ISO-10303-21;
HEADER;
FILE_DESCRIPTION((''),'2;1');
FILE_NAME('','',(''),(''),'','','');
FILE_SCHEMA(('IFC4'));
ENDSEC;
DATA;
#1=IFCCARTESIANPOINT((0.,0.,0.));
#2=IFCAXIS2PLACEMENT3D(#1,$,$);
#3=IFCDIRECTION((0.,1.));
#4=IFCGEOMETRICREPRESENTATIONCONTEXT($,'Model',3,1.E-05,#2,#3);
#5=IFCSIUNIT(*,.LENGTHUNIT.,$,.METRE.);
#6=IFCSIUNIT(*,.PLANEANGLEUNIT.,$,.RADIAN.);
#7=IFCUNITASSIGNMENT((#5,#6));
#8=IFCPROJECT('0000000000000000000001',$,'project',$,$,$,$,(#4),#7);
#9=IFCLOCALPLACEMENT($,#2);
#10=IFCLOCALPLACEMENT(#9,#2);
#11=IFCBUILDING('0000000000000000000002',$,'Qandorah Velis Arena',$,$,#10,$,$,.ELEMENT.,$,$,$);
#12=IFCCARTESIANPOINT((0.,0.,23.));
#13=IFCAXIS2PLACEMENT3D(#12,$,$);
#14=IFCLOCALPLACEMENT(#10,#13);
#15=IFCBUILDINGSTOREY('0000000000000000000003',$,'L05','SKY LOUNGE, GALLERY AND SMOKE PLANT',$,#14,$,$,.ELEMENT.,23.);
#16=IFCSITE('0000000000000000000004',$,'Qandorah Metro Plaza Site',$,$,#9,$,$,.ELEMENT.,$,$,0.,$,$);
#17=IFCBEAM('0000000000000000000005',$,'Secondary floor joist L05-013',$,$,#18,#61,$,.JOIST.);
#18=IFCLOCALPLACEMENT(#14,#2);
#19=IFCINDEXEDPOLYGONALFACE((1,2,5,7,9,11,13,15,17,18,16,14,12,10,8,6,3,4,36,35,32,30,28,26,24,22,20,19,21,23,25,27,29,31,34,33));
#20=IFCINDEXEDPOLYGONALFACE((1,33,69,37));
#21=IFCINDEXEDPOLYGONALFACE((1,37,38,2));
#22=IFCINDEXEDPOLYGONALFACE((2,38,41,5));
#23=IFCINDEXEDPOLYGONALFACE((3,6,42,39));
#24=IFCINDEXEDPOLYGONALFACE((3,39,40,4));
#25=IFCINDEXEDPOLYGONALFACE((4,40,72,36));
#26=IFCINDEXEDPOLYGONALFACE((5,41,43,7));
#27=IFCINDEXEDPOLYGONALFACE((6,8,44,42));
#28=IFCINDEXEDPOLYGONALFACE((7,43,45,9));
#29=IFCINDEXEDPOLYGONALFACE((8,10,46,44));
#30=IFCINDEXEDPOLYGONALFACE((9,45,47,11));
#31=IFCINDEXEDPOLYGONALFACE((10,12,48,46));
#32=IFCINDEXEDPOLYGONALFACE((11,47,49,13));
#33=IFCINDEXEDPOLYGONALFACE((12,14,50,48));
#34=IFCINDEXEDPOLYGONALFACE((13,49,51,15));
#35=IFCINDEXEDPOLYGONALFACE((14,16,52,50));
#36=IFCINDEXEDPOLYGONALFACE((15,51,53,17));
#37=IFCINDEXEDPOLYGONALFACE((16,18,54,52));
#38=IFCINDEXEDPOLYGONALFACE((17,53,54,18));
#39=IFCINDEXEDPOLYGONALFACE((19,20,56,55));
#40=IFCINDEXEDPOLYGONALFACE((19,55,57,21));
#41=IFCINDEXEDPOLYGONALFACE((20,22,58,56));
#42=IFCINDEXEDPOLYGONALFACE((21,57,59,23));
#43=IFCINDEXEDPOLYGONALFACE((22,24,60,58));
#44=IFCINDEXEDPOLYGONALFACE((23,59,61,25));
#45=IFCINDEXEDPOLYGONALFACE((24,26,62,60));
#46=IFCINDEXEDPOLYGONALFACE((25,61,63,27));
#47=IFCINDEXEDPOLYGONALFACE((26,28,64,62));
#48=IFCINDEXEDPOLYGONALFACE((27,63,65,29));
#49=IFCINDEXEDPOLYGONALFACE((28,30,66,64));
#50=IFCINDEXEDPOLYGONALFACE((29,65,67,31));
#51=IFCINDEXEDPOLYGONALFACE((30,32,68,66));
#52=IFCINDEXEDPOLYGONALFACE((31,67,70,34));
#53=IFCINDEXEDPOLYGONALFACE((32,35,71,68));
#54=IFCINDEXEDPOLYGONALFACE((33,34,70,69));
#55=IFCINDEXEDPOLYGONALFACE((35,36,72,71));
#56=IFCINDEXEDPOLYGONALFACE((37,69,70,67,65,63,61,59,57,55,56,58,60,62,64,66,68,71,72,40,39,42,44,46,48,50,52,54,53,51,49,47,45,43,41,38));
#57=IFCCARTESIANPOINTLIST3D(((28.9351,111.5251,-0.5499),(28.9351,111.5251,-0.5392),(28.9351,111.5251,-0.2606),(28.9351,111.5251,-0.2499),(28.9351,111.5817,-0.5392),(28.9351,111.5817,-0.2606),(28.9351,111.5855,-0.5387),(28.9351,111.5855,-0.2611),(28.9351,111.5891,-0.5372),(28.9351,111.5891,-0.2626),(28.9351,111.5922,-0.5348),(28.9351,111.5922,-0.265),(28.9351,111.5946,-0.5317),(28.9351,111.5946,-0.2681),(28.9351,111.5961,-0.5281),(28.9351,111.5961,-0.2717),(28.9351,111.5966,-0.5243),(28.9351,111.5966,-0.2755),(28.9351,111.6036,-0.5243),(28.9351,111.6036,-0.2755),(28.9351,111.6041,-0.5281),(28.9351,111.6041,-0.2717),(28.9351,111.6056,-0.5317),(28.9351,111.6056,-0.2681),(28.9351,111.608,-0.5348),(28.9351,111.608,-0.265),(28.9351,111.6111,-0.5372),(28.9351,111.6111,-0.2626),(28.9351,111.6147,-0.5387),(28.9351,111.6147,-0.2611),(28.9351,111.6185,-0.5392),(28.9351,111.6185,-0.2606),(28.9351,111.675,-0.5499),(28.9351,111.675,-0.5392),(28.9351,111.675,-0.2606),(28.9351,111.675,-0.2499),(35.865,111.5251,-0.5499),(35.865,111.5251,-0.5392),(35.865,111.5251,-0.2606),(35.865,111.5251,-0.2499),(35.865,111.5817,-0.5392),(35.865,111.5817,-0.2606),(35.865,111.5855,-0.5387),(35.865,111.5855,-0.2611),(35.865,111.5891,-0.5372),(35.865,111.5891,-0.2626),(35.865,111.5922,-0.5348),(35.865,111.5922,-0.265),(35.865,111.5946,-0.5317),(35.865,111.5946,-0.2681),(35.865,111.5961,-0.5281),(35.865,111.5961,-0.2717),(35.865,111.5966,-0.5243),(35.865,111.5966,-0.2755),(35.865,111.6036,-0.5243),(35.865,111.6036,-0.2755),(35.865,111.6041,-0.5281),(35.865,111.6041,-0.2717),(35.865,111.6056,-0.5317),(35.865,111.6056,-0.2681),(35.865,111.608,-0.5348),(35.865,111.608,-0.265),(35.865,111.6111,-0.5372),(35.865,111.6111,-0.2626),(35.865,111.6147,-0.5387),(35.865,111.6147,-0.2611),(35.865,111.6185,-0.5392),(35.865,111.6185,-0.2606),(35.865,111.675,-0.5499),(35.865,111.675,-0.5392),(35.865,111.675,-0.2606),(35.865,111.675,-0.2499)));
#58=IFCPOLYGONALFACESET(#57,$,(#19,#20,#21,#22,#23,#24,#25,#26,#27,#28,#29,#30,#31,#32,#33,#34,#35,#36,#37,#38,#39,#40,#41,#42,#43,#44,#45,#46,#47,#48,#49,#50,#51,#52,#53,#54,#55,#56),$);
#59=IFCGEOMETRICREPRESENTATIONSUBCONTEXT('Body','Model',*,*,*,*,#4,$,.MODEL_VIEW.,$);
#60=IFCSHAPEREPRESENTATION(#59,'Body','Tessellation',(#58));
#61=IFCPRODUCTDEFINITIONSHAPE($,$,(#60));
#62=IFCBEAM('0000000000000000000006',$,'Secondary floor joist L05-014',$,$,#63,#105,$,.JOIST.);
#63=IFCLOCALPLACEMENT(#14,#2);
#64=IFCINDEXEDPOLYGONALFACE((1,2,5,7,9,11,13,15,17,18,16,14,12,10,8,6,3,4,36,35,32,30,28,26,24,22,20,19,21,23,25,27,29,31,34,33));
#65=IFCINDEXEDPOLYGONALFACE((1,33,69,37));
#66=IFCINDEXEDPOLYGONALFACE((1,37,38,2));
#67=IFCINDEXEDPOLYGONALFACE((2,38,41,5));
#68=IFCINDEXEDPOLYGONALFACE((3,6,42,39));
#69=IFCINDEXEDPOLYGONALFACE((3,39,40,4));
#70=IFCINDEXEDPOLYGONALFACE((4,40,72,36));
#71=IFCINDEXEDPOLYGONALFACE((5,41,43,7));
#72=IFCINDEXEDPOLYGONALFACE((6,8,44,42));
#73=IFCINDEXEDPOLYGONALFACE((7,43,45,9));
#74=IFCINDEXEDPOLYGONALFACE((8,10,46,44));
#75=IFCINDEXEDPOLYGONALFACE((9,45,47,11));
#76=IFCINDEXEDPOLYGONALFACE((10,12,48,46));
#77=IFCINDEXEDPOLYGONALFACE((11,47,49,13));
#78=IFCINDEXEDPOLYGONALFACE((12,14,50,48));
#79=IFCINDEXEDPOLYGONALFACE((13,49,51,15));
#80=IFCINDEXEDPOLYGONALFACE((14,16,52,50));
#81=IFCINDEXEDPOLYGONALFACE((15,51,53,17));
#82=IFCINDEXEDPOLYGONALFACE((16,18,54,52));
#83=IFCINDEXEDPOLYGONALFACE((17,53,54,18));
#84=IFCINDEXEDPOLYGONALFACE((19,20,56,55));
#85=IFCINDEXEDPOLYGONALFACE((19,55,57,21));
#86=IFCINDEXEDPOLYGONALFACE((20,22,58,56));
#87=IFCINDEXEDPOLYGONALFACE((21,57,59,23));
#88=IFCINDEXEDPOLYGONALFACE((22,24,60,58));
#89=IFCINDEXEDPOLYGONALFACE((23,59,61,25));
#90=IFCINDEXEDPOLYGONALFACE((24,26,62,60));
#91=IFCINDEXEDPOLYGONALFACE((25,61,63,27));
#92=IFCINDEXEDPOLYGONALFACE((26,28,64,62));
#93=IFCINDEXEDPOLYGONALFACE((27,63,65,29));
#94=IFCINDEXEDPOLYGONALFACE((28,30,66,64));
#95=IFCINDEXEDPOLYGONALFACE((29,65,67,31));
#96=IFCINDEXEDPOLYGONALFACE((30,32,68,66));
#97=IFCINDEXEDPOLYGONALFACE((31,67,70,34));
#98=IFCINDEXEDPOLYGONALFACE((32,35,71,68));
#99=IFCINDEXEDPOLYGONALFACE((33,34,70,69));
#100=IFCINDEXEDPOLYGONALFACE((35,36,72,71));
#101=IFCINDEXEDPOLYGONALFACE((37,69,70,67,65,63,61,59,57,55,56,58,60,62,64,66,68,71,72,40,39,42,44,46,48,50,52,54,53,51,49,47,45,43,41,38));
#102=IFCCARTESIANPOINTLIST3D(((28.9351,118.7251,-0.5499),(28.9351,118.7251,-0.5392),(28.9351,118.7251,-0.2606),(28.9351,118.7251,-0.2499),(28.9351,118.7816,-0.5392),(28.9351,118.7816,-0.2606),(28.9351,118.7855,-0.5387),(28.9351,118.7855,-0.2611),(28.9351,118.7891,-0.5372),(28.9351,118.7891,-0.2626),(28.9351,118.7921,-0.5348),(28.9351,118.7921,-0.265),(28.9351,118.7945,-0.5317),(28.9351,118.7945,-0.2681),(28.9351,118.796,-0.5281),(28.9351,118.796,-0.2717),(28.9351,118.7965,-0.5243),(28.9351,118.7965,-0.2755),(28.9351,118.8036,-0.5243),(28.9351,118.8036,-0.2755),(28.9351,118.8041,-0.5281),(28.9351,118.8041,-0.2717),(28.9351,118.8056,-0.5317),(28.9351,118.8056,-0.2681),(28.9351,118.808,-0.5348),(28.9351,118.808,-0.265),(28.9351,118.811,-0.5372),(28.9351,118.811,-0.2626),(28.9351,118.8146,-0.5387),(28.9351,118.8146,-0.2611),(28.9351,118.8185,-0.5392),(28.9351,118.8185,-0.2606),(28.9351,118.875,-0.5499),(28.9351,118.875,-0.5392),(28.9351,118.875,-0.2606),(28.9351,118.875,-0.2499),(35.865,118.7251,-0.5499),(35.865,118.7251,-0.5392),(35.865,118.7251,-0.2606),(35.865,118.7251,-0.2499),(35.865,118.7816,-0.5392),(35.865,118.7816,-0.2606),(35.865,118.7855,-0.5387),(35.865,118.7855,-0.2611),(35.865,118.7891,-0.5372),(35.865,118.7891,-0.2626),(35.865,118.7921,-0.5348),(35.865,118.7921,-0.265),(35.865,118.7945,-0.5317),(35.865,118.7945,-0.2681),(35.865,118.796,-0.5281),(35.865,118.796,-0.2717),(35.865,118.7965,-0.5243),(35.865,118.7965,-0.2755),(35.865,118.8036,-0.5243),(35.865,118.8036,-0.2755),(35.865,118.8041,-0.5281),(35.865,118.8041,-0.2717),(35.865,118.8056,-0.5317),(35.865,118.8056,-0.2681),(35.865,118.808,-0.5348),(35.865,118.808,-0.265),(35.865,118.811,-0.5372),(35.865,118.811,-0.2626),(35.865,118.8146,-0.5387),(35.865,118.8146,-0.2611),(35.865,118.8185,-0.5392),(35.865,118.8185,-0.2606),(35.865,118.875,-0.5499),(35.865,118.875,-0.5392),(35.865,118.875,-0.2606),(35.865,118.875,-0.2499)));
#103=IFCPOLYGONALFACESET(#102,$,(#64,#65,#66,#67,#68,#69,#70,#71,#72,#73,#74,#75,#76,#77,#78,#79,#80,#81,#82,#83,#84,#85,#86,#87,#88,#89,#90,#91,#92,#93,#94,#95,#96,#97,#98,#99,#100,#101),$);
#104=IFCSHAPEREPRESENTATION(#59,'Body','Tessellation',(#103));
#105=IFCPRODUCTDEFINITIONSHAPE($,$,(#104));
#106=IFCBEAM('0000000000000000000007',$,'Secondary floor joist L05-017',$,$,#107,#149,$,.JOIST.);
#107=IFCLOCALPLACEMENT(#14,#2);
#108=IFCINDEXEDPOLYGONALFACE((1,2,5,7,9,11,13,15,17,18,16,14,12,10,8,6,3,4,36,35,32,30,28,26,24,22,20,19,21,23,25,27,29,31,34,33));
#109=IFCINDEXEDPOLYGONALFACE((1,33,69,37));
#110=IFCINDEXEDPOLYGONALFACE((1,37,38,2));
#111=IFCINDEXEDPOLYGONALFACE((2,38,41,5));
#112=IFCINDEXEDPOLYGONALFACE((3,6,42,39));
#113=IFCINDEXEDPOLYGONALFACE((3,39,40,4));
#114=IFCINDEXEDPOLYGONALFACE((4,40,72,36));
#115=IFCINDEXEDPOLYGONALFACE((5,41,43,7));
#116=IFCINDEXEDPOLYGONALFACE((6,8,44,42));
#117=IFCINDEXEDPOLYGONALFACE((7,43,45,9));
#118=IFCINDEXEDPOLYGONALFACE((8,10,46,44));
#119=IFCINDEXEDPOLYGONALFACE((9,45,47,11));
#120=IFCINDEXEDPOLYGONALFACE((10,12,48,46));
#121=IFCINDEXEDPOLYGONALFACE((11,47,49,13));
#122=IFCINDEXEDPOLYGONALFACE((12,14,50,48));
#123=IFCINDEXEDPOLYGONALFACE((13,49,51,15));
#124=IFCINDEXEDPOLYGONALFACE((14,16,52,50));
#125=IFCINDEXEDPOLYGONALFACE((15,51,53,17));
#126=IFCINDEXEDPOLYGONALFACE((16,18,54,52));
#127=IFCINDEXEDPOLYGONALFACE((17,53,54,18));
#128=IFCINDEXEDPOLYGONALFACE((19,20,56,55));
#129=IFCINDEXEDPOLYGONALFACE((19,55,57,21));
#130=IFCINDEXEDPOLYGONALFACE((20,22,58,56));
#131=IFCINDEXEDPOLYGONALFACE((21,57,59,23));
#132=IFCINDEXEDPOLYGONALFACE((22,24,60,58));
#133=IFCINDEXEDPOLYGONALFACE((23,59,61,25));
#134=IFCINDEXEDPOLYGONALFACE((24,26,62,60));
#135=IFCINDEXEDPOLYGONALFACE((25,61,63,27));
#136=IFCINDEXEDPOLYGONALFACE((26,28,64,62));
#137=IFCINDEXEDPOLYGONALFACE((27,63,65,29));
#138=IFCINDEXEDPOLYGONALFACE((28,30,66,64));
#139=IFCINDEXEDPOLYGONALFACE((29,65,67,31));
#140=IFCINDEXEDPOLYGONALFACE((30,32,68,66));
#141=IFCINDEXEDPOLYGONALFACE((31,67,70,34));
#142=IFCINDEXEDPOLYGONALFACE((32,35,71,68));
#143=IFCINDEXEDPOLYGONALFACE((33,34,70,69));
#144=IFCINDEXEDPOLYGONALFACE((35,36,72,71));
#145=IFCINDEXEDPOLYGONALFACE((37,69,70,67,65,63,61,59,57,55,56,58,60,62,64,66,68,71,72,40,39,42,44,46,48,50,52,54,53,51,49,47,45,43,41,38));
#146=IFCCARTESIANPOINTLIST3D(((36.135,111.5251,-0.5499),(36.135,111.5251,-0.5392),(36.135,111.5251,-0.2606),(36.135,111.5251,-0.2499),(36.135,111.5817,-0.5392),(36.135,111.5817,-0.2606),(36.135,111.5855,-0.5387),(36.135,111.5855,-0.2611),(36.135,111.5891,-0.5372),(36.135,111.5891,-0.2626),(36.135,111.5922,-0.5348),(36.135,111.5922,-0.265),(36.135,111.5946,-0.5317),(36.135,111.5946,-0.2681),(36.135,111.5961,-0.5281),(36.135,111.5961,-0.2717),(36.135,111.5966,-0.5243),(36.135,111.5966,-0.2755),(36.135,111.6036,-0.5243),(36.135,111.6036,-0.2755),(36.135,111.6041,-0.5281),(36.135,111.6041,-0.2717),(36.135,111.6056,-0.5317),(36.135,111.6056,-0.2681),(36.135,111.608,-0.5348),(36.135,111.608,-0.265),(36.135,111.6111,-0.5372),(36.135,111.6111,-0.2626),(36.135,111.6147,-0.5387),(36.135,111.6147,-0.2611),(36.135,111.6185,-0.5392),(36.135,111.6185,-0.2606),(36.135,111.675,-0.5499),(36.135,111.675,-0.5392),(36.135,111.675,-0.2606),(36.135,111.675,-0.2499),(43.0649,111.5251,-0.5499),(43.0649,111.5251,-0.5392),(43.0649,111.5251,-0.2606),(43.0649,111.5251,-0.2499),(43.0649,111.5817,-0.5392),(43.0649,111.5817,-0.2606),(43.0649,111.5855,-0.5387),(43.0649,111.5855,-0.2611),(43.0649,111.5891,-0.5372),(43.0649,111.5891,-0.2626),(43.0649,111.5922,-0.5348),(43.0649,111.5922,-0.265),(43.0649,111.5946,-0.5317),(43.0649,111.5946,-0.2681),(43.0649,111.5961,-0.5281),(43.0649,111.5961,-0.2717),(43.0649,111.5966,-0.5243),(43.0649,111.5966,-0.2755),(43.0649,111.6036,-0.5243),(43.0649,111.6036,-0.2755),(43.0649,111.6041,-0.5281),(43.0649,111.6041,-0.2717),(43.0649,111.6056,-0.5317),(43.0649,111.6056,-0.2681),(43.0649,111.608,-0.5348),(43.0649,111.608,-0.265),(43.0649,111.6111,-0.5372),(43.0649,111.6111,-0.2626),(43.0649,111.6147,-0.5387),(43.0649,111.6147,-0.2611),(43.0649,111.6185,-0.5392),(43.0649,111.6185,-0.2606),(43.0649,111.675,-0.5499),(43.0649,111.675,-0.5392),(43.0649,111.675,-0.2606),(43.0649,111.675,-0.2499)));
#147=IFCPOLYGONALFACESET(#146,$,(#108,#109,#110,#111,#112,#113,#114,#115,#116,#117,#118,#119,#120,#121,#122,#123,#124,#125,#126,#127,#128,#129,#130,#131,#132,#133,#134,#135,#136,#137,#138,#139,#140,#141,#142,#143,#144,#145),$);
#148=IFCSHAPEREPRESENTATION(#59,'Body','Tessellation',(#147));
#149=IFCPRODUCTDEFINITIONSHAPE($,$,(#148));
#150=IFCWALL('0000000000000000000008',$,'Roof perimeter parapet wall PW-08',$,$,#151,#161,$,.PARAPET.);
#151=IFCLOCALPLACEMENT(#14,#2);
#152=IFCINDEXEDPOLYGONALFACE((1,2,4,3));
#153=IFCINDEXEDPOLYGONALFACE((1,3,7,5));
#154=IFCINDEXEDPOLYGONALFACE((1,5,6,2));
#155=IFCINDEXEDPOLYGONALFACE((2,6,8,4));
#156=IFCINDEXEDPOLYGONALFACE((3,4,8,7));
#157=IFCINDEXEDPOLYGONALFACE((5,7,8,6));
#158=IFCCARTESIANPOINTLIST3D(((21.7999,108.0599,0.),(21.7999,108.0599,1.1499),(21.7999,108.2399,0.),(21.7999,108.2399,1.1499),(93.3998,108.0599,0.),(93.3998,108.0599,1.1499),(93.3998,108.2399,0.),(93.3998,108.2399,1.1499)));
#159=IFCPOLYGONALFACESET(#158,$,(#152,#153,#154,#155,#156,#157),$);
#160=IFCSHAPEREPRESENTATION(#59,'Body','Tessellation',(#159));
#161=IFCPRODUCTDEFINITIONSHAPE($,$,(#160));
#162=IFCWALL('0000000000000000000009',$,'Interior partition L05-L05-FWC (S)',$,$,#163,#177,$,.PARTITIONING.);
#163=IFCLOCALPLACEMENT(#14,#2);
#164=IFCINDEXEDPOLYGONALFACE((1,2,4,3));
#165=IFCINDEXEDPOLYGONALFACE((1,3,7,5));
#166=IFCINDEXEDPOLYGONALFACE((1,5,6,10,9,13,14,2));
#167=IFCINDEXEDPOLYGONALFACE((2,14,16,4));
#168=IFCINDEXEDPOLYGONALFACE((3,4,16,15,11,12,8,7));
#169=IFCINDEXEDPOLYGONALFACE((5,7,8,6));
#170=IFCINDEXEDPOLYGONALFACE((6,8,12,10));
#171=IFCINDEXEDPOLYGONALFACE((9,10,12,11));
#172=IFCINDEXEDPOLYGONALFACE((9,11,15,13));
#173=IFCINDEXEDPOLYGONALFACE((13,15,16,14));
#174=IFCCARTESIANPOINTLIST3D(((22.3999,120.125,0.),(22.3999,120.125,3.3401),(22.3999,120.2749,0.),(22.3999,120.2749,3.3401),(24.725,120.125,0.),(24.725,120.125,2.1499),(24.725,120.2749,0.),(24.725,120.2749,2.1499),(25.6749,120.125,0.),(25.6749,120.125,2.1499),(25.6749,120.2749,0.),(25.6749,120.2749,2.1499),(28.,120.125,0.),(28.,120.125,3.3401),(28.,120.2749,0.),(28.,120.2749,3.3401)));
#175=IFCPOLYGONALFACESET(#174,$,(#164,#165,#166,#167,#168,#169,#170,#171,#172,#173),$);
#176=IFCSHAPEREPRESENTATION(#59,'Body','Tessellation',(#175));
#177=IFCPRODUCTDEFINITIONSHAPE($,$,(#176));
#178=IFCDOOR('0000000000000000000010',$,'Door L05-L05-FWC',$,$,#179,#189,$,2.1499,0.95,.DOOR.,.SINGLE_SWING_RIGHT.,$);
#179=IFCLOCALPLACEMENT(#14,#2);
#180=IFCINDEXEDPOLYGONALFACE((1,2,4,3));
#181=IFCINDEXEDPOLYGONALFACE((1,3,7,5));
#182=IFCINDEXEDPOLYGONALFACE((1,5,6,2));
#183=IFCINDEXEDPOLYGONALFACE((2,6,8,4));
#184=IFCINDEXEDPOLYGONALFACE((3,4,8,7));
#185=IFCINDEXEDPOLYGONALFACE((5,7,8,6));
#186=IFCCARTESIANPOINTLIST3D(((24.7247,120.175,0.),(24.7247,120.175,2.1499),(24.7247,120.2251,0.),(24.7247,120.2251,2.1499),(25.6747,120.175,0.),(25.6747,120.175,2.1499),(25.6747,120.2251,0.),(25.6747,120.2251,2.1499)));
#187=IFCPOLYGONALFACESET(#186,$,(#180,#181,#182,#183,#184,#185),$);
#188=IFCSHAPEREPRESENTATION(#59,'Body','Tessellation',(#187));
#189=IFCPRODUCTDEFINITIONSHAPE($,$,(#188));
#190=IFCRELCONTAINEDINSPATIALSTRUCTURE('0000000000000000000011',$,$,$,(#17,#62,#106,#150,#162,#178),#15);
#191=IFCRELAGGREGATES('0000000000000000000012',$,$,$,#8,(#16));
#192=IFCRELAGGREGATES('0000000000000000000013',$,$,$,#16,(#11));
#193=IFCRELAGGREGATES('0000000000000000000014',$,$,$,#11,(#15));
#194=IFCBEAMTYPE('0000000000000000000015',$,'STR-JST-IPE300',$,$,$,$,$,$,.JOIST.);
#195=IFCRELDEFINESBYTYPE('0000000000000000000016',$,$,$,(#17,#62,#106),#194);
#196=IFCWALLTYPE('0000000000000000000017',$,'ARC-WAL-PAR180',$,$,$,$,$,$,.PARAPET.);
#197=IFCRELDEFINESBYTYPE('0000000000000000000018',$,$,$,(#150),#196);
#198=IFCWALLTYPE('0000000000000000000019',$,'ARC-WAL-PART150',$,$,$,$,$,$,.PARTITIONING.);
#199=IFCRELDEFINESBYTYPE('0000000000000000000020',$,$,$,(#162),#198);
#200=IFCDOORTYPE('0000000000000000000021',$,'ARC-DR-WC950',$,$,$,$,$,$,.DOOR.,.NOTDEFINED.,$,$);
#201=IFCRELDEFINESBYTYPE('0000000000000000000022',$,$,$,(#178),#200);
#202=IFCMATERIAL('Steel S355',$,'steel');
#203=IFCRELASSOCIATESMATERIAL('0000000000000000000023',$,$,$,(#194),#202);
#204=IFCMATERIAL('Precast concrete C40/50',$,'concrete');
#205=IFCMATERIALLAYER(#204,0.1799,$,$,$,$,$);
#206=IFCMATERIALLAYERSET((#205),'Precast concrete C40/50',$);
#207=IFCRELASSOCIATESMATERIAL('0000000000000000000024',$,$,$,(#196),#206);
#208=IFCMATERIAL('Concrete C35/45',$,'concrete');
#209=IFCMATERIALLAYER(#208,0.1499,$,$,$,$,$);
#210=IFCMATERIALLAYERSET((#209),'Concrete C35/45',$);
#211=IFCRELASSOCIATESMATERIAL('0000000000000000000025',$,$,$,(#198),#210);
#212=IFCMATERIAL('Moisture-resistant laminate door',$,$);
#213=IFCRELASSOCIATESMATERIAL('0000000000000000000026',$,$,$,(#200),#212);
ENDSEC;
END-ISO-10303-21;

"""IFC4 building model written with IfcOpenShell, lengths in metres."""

from ifc_helpers import new_model, si_unit, direction, frame, frame_2d, origin, origin_2d, place, context, subcontext, project, spatial, rectangle, i_section, extrude, material, layer, layer_set, material_profile, profile_set, type_object, element, fill, save


model = new_model("IFC4")

# Units and contexts
model_context = context("Model", 3, precision=1e-05, world=origin(), true_north=direction((0.0, 1.0)))
body_context = subcontext(model_context, "Body", "Model", "MODEL_VIEW")
ifc_project = project(units=[si_unit("LENGTHUNIT", "METRE"), si_unit("PLANEANGLEUNIT", "RADIAN")], contexts=[model_context])

# Site, building, storey
site_placement = place(None, origin())
site = spatial("IfcSite", under=ifc_project, at=site_placement, Name="Qandorah Metro Plaza Site", CompositionType="ELEMENT", RefElevation=0.0)
building_placement = place(site_placement, origin())
building = spatial("IfcBuilding", under=site, at=building_placement, Name="Qandorah Velis Arena", CompositionType="ELEMENT")
storey_placement = place(building_placement, frame((0.0, 0.0, 23.0)))
storey = spatial("IfcBuildingStorey", under=building, at=storey_placement, Name="L05", Description="SKY LOUNGE, GALLERY AND SMOKE PLANT", CompositionType="ELEMENT", Elevation=23.0)

# Beams
ifc_material_1 = material(Name="Steel S355", Category="steel")
ifc_material_profile_1 = material_profile(ifc_material_1, i_section(OverallWidth=0.1499, OverallDepth=0.3, WebThickness=0.0071, FlangeThickness=0.0107, FilletRadius=0.0149, at=origin_2d()), Name="IPE 300")
ifc_profile_set_1 = profile_set([ifc_material_profile_1], Name="Steel S355")
beam_type_1 = type_object("IfcBeamType", Name="STR-JST-IPE300", PredefinedType="JOIST", material=ifc_profile_set_1)
for number, where, z_axis, x_axis, name in (
    (1, (28.9351, 111.6001, -0.3999), (1.0, 0.0, 0.0), (0.0, 1.0, 0.0), "Secondary floor joist L05-013"),
    (2, (28.9351, 118.8, -0.3999), (1.0, 0.0, 0.0), (0.0, 1.0, 0.0), "Secondary floor joist L05-014"),
    (3, (36.135, 111.6001, -0.3999), (1.0, 0.0, 0.0), (0.0, 1.0, 0.0), "Secondary floor joist L05-017"),
):
    element("IfcBeam", number, at=place(storey_placement, frame(where, z_axis=z_axis, x_axis=x_axis)), inside=storey, type_object=beam_type_1, Name=name, PredefinedType="JOIST", context=body_context, shape_type="SweptSolid", body=[
        extrude(i_section(OverallWidth=0.1499, OverallDepth=0.3, WebThickness=0.0071, FlangeThickness=0.0107, FilletRadius=0.0149, at=origin_2d()), origin(), (0.0, 0.0, 1.0), 6.9299),
    ])

# Wall
ifc_material_2 = material(Name="Precast concrete C40/50", Category="concrete")
ifc_layer_1 = layer(ifc_material_2, 0.1799)
ifc_layer_set_1 = layer_set([ifc_layer_1], Name="Precast concrete C40/50")
wall_type_1 = type_object("IfcWallType", Name="ARC-WAL-PAR180", PredefinedType="PARAPET", material=ifc_layer_set_1)
wall_1_placement = place(storey_placement, frame((21.8, 108.1499, 0.0), z_axis=(0.0, 0.0, 1.0), x_axis=(1.0, 0.0, 0.0)))
element("IfcWall", 4, at=wall_1_placement, inside=storey, type_object=wall_type_1, Name="Roof perimeter parapet wall PW-08", PredefinedType="PARAPET", context=body_context, shape_type="SweptSolid", body=[
    extrude(rectangle(XDim=71.5999, YDim=0.1799, at=frame_2d((35.7998, 0.0))), origin(), (0.0, 0.0, 1.0), 1.1499),
])

# Wall, opening, door
ifc_material_3 = material(Name="Concrete C35/45", Category="concrete")
ifc_layer_2 = layer(ifc_material_3, 0.1499)
ifc_layer_set_2 = layer_set([ifc_layer_2], Name="Concrete C35/45")
wall_type_2 = type_object("IfcWallType", Name="ARC-WAL-PART150", PredefinedType="PARTITIONING", material=ifc_layer_set_2)
wall_2_placement = place(storey_placement, frame((22.3999, 120.2, 0.0), z_axis=(0.0, 0.0, 1.0), x_axis=(1.0, 0.0, 0.0)))
wall_2 = element("IfcWall", 5, at=wall_2_placement, inside=storey, type_object=wall_type_2, Name="Interior partition L05-L05-FWC (S)", PredefinedType="PARTITIONING", context=body_context, shape_type="SweptSolid", body=[
    extrude(rectangle(XDim=5.6001, YDim=0.1499, at=frame_2d((2.8, 0.0))), origin(), (0.0, 0.0, 1.0), 3.3401),
])
opening_1_placement = place(wall_2_placement, frame((2.325, 0.0, 0.0)))
opening_1 = element("IfcOpeningElement", 6, at=opening_1_placement, cuts=wall_2, PredefinedType="OPENING", context=body_context, shape_type="SweptSolid", body=[
    extrude(rectangle(XDim=0.95, YDim=2.1499, at=frame_2d((0.4751, 1.075))), frame((0.0, 0.085, 0.0), z_axis=(0.0, -1.0, 0.0), x_axis=(1.0, 0.0, 0.0)), (0.0, 0.0, 1.0), 0.1699),
])
ifc_material_4 = material(Name="Moisture-resistant laminate door")
door_type_1 = type_object("IfcDoorType", Name="ARC-DR-WC950", OperationType="NOTDEFINED", PredefinedType="DOOR", material=ifc_material_4)
door_1_placement = place(opening_1_placement, frame((0.95, 0.0, 0.0), z_axis=(0.0, 0.0, 1.0), x_axis=(-1.0, 0.0, 0.0)))
door_1 = element("IfcDoor", 7, at=door_1_placement, inside=storey, type_object=door_type_1, Name="Door L05-L05-FWC", OperationType="SINGLE_SWING_RIGHT", OverallHeight=2.1499, OverallWidth=0.95, PredefinedType="DOOR", context=body_context, shape_type="SweptSolid", body=[
    extrude(rectangle(XDim=0.95, YDim=2.1499, at=frame_2d((0.4751, 1.075))), frame((0.0, 0.0249, 0.0), z_axis=(0.0, -1.0, 0.0), x_axis=(1.0, 0.0, 0.0)), (0.0, 0.0, 1.0), 0.05),
])
fill(opening_1, door_1)

save(model, "model.ifc")
